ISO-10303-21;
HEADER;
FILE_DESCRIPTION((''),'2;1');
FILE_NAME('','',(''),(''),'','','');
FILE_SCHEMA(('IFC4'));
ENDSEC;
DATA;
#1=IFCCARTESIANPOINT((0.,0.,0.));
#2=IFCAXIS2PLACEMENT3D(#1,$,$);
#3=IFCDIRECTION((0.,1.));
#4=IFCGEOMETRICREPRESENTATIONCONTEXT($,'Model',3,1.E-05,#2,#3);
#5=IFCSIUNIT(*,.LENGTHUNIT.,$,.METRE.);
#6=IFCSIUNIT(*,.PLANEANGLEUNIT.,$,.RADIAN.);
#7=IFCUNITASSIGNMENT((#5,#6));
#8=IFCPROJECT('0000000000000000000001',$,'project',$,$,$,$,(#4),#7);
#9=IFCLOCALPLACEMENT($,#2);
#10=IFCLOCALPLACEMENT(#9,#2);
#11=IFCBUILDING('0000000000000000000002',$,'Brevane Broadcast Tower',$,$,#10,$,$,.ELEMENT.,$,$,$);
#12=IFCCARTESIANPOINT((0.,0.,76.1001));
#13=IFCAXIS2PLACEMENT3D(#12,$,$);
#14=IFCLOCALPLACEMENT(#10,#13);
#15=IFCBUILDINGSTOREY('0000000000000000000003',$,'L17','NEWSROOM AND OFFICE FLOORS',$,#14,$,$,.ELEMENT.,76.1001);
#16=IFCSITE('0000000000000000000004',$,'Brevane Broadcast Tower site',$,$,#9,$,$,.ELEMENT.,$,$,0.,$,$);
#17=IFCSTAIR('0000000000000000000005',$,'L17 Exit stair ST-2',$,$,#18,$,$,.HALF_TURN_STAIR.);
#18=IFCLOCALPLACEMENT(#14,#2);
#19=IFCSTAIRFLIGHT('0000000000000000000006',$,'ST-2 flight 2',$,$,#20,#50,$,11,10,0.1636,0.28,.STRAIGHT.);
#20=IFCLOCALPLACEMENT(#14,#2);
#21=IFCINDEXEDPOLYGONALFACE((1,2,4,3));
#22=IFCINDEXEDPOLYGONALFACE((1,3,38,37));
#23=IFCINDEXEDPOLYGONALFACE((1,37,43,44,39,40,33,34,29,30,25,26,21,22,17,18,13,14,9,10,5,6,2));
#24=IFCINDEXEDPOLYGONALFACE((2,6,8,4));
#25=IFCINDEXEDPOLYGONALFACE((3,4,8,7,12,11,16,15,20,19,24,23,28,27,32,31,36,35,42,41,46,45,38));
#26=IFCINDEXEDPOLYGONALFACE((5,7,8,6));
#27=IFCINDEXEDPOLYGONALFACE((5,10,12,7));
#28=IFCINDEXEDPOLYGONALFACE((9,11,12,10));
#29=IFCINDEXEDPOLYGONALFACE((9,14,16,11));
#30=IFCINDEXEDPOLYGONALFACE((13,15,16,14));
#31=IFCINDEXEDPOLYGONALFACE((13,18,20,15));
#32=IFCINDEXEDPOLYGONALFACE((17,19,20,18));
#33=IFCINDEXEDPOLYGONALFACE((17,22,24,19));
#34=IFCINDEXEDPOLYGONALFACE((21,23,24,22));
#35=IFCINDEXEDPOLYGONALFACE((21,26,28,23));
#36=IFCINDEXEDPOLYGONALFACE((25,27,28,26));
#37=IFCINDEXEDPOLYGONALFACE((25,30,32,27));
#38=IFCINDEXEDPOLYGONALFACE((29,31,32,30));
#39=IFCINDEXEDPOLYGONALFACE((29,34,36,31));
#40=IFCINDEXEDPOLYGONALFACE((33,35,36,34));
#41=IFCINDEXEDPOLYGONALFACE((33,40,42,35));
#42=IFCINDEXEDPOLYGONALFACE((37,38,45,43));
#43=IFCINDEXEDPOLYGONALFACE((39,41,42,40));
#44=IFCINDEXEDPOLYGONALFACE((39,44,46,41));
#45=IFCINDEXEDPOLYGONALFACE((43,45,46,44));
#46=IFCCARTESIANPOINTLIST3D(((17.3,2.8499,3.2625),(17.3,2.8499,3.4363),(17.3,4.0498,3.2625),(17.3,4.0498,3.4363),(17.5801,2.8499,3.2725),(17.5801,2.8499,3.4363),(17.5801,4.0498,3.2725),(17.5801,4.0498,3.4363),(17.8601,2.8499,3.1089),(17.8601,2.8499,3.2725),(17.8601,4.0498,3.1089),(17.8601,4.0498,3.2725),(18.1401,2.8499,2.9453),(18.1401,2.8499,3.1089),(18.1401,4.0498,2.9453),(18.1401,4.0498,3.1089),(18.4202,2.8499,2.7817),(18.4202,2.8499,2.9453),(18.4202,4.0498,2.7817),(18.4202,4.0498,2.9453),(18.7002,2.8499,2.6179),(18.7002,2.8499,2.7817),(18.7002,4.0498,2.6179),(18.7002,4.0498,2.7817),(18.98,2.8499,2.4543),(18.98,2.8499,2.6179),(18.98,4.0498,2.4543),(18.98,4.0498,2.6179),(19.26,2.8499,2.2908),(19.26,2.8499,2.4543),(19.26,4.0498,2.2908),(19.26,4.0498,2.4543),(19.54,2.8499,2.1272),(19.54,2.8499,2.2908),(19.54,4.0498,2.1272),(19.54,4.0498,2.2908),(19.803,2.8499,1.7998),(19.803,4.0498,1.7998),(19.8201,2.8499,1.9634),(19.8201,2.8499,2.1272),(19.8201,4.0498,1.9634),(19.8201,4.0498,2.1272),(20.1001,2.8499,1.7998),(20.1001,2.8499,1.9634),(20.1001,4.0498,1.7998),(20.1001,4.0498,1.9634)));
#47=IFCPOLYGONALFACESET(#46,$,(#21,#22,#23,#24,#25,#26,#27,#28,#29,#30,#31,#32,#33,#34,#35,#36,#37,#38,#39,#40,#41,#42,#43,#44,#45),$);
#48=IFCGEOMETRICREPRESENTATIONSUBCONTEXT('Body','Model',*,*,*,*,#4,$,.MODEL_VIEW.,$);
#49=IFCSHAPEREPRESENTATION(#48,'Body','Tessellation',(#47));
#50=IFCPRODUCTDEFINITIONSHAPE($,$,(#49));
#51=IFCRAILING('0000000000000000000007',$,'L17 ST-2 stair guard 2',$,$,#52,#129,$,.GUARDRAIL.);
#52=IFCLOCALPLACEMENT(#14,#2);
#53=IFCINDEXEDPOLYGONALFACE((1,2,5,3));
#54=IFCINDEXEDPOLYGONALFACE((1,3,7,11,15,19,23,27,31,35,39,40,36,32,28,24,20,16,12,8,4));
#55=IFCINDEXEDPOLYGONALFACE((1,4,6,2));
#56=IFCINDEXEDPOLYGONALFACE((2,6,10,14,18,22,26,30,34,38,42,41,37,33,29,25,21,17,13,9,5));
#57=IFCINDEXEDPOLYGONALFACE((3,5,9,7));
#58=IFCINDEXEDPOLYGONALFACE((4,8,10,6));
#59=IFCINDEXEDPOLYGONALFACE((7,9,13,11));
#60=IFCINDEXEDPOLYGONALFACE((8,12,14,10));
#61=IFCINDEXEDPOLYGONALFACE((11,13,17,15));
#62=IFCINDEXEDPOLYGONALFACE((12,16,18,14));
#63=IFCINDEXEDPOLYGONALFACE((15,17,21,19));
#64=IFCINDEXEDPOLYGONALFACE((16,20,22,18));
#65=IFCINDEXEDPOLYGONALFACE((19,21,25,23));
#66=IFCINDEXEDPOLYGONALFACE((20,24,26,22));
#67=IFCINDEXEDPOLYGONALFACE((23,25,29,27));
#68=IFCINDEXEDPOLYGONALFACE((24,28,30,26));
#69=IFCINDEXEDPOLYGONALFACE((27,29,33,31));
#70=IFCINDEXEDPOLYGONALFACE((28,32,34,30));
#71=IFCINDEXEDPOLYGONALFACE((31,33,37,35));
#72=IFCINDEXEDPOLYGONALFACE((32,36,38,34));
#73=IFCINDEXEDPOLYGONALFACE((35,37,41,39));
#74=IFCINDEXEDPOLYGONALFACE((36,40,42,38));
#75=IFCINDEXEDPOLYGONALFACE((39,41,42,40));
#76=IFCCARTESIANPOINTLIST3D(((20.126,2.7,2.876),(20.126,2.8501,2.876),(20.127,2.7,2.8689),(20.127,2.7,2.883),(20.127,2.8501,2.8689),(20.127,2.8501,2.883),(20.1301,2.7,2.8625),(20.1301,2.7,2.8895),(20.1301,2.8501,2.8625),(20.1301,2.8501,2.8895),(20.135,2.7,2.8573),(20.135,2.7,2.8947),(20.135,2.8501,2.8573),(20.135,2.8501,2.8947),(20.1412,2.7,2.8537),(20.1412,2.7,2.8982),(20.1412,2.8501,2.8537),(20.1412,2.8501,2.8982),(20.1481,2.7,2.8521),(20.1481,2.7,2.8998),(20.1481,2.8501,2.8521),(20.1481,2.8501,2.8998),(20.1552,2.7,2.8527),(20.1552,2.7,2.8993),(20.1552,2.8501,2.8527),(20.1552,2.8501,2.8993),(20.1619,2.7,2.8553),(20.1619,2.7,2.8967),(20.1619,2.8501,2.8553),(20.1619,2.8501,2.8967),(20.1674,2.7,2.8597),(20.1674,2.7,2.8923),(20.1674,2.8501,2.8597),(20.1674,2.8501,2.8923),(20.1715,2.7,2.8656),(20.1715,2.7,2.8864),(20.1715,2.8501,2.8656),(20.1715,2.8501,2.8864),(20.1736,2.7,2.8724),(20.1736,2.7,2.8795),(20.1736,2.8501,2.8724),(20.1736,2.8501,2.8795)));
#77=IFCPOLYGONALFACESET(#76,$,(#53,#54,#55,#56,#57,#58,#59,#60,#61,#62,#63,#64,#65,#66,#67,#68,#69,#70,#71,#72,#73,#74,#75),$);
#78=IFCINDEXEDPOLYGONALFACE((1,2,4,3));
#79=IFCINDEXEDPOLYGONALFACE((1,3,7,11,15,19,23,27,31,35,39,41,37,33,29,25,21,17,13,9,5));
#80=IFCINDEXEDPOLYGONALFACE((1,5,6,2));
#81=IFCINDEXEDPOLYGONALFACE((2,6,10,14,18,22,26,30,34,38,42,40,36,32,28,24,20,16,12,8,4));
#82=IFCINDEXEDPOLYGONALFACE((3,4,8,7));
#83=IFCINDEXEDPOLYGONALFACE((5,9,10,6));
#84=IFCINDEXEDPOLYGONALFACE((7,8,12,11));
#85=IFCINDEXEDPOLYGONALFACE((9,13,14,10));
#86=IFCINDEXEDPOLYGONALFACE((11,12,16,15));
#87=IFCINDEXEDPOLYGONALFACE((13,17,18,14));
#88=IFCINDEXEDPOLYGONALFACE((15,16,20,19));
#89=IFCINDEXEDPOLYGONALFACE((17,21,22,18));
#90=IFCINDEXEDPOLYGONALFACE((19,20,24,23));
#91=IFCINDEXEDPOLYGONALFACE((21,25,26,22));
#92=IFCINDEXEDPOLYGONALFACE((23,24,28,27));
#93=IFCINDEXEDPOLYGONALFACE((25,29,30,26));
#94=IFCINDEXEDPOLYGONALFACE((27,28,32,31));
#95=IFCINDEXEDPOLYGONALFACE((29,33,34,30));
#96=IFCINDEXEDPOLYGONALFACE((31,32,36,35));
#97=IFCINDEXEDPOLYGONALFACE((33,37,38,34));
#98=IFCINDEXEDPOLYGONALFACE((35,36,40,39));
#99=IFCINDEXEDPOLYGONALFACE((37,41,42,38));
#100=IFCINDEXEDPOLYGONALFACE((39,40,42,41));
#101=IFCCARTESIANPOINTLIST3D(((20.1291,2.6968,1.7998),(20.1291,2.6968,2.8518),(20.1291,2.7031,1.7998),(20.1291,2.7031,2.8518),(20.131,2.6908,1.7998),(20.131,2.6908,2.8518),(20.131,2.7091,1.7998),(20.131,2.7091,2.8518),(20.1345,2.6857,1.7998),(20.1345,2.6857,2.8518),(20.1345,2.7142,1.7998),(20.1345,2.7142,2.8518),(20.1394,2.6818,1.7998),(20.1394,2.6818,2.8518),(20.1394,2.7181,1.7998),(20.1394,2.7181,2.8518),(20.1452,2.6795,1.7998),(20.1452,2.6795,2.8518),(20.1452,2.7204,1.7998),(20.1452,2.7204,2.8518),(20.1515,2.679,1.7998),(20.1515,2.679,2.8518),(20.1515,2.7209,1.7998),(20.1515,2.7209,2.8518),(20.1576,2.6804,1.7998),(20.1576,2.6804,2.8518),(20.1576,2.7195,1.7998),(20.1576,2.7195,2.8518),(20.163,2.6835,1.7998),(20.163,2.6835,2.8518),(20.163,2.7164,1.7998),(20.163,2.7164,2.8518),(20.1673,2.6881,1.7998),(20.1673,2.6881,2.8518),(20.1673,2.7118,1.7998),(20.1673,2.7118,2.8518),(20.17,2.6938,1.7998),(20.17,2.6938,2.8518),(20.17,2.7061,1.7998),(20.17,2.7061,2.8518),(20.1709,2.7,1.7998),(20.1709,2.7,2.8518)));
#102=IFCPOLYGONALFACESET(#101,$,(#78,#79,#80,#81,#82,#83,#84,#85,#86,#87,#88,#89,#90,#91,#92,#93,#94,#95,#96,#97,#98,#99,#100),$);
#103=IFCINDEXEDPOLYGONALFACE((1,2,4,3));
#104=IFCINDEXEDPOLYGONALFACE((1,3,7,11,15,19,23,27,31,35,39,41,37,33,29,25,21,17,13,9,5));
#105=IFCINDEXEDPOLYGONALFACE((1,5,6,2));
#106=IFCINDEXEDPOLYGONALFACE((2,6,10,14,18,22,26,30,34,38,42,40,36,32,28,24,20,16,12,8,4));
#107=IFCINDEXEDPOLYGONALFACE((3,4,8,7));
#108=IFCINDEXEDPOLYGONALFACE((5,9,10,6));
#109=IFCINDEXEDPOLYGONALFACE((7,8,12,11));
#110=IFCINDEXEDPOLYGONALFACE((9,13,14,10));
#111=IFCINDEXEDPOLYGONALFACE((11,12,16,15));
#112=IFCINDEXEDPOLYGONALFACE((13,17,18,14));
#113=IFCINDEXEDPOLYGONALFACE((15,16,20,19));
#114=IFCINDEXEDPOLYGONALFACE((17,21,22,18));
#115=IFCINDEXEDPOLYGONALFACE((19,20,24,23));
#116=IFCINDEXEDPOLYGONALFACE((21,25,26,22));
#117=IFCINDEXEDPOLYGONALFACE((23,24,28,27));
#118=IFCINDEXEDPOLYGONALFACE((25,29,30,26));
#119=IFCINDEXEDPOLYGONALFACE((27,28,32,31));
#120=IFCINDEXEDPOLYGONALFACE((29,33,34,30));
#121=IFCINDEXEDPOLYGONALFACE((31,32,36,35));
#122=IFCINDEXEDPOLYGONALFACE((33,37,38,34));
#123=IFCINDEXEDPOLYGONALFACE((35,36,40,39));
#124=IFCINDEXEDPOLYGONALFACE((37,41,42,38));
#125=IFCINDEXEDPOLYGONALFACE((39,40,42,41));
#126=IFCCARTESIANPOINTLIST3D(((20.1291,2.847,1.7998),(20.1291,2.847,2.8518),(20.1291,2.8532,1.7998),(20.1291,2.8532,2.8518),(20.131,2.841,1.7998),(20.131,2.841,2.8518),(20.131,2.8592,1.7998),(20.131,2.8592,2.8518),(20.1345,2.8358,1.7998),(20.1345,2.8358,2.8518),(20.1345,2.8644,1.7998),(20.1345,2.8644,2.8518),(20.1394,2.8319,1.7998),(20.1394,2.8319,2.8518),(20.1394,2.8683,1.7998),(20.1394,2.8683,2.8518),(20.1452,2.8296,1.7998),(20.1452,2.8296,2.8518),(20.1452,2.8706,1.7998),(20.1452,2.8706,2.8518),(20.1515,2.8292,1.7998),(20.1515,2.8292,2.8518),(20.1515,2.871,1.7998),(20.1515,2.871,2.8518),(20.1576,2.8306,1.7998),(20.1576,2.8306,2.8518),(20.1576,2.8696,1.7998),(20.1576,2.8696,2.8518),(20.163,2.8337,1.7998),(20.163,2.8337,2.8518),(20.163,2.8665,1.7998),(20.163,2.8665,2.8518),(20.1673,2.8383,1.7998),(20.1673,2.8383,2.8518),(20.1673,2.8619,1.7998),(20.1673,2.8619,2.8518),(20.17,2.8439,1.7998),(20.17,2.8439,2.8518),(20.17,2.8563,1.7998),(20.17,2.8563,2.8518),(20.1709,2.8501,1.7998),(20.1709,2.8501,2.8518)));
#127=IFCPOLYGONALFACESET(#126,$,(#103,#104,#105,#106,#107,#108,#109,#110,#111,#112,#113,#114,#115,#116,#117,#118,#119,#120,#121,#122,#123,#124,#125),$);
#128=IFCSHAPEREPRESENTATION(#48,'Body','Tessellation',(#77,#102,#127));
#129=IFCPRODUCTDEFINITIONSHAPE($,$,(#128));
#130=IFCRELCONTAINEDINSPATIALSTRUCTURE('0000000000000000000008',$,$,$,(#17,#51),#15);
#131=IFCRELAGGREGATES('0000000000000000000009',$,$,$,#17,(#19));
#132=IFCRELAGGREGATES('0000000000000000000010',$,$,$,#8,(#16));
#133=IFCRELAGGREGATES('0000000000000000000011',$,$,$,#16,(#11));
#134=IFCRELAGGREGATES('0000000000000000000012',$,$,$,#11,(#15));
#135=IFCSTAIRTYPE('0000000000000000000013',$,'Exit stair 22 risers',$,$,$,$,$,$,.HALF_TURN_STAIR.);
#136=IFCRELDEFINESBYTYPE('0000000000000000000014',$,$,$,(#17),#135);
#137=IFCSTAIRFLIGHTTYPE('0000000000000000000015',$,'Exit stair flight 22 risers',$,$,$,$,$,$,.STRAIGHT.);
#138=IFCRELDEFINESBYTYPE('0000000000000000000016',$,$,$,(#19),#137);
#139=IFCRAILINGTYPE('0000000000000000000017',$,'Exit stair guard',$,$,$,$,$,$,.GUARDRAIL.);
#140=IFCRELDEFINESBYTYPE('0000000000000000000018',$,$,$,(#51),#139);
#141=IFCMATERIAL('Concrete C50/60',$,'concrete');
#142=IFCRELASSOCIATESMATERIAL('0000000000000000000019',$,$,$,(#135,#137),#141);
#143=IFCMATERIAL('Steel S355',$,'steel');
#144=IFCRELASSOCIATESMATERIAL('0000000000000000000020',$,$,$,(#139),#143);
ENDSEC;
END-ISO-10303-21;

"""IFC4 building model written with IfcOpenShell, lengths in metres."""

from ifc_helpers import new_model, si_unit, direction, frame, origin, origin_2d, place, context, subcontext, project, spatial, polyline, circle, outline, extrude, material, type_object, element, aggregate, save


model = new_model("IFC4")

# Units and contexts
model_context = context("Model", 3, precision=1e-05, world=origin(), true_north=direction((0.0, 1.0)))
body_context = subcontext(model_context, "Body", "Model", "MODEL_VIEW")
ifc_project = project(units=[si_unit("LENGTHUNIT", "METRE"), si_unit("PLANEANGLEUNIT", "RADIAN")], contexts=[model_context])

# Site, building, storey
site_placement = place(None, origin())
site = spatial("IfcSite", under=ifc_project, at=site_placement, Name="Brevane Broadcast Tower site", CompositionType="ELEMENT", RefElevation=0.0)
building_placement = place(site_placement, origin())
building = spatial("IfcBuilding", under=site, at=building_placement, Name="Brevane Broadcast Tower", CompositionType="ELEMENT")
storey_placement = place(building_placement, frame((0.0, 0.0, 76.1001)))
storey = spatial("IfcBuildingStorey", under=building, at=storey_placement, Name="L17", Description="NEWSROOM AND OFFICE FLOORS", CompositionType="ELEMENT", Elevation=76.1001)

# Stair, stair flight
ifc_material_1 = material(Name="Concrete C50/60", Category="concrete")
stair_type = type_object("IfcStairType", Name="Exit stair 22 risers", PredefinedType="HALF_TURN_STAIR", material=ifc_material_1)
stair_placement = place(storey_placement, origin())
stair = element("IfcStair", 1, at=stair_placement, inside=storey, type_object=stair_type, Name="L17 Exit stair ST-2", PredefinedType="HALF_TURN_STAIR")
stair_flight_type = type_object("IfcStairFlightType", Name="Exit stair flight 22 risers", PredefinedType="STRAIGHT", material=ifc_material_1)
stair_flight_placement = place(storey_placement, frame((20.1001, 3.45, 1.7998), z_axis=(0.0, 0.0, 1.0), x_axis=(-1.0, 0.0, 0.0)))
stair_flight = element("IfcStairFlight", 2, at=stair_flight_placement, type_object=stair_flight_type, Name="ST-2 flight 2", NumberOfRisers=11, NumberOfTreads=10, PredefinedType="STRAIGHT", RiserHeight=0.1636, TreadLength=0.28, context=body_context, shape_type="SweptSolid", body=[
    extrude(outline(polyline([(0.0, 0.0), (0.0, 0.1636), (0.28, 0.1636), (0.28, 0.3274), (0.5601, 0.3274), (0.5601, 0.491), (0.8401, 0.491), (0.8401, 0.6545), (1.1201, 0.6545), (1.1201, 0.8181), (1.3999, 0.8181), (1.3999, 0.9819), (1.6799, 0.9819), (1.6799, 1.1455), (1.96, 1.1455), (1.96, 1.3091), (2.24, 1.3091), (2.24, 1.4727), (2.52, 1.4727), (2.52, 1.6365), (2.8, 1.6365), (2.8, 1.8), (2.8, 1.4626), (0.2971, 0.0), (0.0, 0.0)])), frame((0.0, 0.6001, 0.0), z_axis=(0.0, -1.0, 0.0), x_axis=(1.0, 0.0, 0.0)), (0.0, 0.0, 1.0), 1.2),
])
aggregate(stair, [stair_flight])

# Railing
ifc_material_2 = material(Name="Steel S355", Category="steel")
railing_type_1 = type_object("IfcRailingType", Name="Exit stair guard", PredefinedType="GUARDRAIL", material=ifc_material_2)
railing_1_placement = place(storey_placement, frame((20.1499, 2.7, 1.7998)))
element("IfcRailing", 3, at=railing_1_placement, inside=storey, type_object=railing_type_1, Name="L17 ST-2 stair guard 2", PredefinedType="GUARDRAIL", context=body_context, shape_type="SweptSolid", body=[
    extrude(circle(Radius=0.0239, at=origin_2d()), frame((0.0, 0.0, 1.0762), z_axis=(0.0, 1.0, 0.0), x_axis=(-1.0, 0.0, 0.0)), (0.0, 0.0, 1.0), 0.1501),
    extrude(circle(Radius=0.021, at=origin_2d()), origin(), (0.0, 0.0, 1.0), 1.052),
    extrude(circle(Radius=0.021, at=origin_2d()), frame((0.0, 0.1501, 0.0)), (0.0, 0.0, 1.0), 1.052),
])

save(model, "model.ifc")
